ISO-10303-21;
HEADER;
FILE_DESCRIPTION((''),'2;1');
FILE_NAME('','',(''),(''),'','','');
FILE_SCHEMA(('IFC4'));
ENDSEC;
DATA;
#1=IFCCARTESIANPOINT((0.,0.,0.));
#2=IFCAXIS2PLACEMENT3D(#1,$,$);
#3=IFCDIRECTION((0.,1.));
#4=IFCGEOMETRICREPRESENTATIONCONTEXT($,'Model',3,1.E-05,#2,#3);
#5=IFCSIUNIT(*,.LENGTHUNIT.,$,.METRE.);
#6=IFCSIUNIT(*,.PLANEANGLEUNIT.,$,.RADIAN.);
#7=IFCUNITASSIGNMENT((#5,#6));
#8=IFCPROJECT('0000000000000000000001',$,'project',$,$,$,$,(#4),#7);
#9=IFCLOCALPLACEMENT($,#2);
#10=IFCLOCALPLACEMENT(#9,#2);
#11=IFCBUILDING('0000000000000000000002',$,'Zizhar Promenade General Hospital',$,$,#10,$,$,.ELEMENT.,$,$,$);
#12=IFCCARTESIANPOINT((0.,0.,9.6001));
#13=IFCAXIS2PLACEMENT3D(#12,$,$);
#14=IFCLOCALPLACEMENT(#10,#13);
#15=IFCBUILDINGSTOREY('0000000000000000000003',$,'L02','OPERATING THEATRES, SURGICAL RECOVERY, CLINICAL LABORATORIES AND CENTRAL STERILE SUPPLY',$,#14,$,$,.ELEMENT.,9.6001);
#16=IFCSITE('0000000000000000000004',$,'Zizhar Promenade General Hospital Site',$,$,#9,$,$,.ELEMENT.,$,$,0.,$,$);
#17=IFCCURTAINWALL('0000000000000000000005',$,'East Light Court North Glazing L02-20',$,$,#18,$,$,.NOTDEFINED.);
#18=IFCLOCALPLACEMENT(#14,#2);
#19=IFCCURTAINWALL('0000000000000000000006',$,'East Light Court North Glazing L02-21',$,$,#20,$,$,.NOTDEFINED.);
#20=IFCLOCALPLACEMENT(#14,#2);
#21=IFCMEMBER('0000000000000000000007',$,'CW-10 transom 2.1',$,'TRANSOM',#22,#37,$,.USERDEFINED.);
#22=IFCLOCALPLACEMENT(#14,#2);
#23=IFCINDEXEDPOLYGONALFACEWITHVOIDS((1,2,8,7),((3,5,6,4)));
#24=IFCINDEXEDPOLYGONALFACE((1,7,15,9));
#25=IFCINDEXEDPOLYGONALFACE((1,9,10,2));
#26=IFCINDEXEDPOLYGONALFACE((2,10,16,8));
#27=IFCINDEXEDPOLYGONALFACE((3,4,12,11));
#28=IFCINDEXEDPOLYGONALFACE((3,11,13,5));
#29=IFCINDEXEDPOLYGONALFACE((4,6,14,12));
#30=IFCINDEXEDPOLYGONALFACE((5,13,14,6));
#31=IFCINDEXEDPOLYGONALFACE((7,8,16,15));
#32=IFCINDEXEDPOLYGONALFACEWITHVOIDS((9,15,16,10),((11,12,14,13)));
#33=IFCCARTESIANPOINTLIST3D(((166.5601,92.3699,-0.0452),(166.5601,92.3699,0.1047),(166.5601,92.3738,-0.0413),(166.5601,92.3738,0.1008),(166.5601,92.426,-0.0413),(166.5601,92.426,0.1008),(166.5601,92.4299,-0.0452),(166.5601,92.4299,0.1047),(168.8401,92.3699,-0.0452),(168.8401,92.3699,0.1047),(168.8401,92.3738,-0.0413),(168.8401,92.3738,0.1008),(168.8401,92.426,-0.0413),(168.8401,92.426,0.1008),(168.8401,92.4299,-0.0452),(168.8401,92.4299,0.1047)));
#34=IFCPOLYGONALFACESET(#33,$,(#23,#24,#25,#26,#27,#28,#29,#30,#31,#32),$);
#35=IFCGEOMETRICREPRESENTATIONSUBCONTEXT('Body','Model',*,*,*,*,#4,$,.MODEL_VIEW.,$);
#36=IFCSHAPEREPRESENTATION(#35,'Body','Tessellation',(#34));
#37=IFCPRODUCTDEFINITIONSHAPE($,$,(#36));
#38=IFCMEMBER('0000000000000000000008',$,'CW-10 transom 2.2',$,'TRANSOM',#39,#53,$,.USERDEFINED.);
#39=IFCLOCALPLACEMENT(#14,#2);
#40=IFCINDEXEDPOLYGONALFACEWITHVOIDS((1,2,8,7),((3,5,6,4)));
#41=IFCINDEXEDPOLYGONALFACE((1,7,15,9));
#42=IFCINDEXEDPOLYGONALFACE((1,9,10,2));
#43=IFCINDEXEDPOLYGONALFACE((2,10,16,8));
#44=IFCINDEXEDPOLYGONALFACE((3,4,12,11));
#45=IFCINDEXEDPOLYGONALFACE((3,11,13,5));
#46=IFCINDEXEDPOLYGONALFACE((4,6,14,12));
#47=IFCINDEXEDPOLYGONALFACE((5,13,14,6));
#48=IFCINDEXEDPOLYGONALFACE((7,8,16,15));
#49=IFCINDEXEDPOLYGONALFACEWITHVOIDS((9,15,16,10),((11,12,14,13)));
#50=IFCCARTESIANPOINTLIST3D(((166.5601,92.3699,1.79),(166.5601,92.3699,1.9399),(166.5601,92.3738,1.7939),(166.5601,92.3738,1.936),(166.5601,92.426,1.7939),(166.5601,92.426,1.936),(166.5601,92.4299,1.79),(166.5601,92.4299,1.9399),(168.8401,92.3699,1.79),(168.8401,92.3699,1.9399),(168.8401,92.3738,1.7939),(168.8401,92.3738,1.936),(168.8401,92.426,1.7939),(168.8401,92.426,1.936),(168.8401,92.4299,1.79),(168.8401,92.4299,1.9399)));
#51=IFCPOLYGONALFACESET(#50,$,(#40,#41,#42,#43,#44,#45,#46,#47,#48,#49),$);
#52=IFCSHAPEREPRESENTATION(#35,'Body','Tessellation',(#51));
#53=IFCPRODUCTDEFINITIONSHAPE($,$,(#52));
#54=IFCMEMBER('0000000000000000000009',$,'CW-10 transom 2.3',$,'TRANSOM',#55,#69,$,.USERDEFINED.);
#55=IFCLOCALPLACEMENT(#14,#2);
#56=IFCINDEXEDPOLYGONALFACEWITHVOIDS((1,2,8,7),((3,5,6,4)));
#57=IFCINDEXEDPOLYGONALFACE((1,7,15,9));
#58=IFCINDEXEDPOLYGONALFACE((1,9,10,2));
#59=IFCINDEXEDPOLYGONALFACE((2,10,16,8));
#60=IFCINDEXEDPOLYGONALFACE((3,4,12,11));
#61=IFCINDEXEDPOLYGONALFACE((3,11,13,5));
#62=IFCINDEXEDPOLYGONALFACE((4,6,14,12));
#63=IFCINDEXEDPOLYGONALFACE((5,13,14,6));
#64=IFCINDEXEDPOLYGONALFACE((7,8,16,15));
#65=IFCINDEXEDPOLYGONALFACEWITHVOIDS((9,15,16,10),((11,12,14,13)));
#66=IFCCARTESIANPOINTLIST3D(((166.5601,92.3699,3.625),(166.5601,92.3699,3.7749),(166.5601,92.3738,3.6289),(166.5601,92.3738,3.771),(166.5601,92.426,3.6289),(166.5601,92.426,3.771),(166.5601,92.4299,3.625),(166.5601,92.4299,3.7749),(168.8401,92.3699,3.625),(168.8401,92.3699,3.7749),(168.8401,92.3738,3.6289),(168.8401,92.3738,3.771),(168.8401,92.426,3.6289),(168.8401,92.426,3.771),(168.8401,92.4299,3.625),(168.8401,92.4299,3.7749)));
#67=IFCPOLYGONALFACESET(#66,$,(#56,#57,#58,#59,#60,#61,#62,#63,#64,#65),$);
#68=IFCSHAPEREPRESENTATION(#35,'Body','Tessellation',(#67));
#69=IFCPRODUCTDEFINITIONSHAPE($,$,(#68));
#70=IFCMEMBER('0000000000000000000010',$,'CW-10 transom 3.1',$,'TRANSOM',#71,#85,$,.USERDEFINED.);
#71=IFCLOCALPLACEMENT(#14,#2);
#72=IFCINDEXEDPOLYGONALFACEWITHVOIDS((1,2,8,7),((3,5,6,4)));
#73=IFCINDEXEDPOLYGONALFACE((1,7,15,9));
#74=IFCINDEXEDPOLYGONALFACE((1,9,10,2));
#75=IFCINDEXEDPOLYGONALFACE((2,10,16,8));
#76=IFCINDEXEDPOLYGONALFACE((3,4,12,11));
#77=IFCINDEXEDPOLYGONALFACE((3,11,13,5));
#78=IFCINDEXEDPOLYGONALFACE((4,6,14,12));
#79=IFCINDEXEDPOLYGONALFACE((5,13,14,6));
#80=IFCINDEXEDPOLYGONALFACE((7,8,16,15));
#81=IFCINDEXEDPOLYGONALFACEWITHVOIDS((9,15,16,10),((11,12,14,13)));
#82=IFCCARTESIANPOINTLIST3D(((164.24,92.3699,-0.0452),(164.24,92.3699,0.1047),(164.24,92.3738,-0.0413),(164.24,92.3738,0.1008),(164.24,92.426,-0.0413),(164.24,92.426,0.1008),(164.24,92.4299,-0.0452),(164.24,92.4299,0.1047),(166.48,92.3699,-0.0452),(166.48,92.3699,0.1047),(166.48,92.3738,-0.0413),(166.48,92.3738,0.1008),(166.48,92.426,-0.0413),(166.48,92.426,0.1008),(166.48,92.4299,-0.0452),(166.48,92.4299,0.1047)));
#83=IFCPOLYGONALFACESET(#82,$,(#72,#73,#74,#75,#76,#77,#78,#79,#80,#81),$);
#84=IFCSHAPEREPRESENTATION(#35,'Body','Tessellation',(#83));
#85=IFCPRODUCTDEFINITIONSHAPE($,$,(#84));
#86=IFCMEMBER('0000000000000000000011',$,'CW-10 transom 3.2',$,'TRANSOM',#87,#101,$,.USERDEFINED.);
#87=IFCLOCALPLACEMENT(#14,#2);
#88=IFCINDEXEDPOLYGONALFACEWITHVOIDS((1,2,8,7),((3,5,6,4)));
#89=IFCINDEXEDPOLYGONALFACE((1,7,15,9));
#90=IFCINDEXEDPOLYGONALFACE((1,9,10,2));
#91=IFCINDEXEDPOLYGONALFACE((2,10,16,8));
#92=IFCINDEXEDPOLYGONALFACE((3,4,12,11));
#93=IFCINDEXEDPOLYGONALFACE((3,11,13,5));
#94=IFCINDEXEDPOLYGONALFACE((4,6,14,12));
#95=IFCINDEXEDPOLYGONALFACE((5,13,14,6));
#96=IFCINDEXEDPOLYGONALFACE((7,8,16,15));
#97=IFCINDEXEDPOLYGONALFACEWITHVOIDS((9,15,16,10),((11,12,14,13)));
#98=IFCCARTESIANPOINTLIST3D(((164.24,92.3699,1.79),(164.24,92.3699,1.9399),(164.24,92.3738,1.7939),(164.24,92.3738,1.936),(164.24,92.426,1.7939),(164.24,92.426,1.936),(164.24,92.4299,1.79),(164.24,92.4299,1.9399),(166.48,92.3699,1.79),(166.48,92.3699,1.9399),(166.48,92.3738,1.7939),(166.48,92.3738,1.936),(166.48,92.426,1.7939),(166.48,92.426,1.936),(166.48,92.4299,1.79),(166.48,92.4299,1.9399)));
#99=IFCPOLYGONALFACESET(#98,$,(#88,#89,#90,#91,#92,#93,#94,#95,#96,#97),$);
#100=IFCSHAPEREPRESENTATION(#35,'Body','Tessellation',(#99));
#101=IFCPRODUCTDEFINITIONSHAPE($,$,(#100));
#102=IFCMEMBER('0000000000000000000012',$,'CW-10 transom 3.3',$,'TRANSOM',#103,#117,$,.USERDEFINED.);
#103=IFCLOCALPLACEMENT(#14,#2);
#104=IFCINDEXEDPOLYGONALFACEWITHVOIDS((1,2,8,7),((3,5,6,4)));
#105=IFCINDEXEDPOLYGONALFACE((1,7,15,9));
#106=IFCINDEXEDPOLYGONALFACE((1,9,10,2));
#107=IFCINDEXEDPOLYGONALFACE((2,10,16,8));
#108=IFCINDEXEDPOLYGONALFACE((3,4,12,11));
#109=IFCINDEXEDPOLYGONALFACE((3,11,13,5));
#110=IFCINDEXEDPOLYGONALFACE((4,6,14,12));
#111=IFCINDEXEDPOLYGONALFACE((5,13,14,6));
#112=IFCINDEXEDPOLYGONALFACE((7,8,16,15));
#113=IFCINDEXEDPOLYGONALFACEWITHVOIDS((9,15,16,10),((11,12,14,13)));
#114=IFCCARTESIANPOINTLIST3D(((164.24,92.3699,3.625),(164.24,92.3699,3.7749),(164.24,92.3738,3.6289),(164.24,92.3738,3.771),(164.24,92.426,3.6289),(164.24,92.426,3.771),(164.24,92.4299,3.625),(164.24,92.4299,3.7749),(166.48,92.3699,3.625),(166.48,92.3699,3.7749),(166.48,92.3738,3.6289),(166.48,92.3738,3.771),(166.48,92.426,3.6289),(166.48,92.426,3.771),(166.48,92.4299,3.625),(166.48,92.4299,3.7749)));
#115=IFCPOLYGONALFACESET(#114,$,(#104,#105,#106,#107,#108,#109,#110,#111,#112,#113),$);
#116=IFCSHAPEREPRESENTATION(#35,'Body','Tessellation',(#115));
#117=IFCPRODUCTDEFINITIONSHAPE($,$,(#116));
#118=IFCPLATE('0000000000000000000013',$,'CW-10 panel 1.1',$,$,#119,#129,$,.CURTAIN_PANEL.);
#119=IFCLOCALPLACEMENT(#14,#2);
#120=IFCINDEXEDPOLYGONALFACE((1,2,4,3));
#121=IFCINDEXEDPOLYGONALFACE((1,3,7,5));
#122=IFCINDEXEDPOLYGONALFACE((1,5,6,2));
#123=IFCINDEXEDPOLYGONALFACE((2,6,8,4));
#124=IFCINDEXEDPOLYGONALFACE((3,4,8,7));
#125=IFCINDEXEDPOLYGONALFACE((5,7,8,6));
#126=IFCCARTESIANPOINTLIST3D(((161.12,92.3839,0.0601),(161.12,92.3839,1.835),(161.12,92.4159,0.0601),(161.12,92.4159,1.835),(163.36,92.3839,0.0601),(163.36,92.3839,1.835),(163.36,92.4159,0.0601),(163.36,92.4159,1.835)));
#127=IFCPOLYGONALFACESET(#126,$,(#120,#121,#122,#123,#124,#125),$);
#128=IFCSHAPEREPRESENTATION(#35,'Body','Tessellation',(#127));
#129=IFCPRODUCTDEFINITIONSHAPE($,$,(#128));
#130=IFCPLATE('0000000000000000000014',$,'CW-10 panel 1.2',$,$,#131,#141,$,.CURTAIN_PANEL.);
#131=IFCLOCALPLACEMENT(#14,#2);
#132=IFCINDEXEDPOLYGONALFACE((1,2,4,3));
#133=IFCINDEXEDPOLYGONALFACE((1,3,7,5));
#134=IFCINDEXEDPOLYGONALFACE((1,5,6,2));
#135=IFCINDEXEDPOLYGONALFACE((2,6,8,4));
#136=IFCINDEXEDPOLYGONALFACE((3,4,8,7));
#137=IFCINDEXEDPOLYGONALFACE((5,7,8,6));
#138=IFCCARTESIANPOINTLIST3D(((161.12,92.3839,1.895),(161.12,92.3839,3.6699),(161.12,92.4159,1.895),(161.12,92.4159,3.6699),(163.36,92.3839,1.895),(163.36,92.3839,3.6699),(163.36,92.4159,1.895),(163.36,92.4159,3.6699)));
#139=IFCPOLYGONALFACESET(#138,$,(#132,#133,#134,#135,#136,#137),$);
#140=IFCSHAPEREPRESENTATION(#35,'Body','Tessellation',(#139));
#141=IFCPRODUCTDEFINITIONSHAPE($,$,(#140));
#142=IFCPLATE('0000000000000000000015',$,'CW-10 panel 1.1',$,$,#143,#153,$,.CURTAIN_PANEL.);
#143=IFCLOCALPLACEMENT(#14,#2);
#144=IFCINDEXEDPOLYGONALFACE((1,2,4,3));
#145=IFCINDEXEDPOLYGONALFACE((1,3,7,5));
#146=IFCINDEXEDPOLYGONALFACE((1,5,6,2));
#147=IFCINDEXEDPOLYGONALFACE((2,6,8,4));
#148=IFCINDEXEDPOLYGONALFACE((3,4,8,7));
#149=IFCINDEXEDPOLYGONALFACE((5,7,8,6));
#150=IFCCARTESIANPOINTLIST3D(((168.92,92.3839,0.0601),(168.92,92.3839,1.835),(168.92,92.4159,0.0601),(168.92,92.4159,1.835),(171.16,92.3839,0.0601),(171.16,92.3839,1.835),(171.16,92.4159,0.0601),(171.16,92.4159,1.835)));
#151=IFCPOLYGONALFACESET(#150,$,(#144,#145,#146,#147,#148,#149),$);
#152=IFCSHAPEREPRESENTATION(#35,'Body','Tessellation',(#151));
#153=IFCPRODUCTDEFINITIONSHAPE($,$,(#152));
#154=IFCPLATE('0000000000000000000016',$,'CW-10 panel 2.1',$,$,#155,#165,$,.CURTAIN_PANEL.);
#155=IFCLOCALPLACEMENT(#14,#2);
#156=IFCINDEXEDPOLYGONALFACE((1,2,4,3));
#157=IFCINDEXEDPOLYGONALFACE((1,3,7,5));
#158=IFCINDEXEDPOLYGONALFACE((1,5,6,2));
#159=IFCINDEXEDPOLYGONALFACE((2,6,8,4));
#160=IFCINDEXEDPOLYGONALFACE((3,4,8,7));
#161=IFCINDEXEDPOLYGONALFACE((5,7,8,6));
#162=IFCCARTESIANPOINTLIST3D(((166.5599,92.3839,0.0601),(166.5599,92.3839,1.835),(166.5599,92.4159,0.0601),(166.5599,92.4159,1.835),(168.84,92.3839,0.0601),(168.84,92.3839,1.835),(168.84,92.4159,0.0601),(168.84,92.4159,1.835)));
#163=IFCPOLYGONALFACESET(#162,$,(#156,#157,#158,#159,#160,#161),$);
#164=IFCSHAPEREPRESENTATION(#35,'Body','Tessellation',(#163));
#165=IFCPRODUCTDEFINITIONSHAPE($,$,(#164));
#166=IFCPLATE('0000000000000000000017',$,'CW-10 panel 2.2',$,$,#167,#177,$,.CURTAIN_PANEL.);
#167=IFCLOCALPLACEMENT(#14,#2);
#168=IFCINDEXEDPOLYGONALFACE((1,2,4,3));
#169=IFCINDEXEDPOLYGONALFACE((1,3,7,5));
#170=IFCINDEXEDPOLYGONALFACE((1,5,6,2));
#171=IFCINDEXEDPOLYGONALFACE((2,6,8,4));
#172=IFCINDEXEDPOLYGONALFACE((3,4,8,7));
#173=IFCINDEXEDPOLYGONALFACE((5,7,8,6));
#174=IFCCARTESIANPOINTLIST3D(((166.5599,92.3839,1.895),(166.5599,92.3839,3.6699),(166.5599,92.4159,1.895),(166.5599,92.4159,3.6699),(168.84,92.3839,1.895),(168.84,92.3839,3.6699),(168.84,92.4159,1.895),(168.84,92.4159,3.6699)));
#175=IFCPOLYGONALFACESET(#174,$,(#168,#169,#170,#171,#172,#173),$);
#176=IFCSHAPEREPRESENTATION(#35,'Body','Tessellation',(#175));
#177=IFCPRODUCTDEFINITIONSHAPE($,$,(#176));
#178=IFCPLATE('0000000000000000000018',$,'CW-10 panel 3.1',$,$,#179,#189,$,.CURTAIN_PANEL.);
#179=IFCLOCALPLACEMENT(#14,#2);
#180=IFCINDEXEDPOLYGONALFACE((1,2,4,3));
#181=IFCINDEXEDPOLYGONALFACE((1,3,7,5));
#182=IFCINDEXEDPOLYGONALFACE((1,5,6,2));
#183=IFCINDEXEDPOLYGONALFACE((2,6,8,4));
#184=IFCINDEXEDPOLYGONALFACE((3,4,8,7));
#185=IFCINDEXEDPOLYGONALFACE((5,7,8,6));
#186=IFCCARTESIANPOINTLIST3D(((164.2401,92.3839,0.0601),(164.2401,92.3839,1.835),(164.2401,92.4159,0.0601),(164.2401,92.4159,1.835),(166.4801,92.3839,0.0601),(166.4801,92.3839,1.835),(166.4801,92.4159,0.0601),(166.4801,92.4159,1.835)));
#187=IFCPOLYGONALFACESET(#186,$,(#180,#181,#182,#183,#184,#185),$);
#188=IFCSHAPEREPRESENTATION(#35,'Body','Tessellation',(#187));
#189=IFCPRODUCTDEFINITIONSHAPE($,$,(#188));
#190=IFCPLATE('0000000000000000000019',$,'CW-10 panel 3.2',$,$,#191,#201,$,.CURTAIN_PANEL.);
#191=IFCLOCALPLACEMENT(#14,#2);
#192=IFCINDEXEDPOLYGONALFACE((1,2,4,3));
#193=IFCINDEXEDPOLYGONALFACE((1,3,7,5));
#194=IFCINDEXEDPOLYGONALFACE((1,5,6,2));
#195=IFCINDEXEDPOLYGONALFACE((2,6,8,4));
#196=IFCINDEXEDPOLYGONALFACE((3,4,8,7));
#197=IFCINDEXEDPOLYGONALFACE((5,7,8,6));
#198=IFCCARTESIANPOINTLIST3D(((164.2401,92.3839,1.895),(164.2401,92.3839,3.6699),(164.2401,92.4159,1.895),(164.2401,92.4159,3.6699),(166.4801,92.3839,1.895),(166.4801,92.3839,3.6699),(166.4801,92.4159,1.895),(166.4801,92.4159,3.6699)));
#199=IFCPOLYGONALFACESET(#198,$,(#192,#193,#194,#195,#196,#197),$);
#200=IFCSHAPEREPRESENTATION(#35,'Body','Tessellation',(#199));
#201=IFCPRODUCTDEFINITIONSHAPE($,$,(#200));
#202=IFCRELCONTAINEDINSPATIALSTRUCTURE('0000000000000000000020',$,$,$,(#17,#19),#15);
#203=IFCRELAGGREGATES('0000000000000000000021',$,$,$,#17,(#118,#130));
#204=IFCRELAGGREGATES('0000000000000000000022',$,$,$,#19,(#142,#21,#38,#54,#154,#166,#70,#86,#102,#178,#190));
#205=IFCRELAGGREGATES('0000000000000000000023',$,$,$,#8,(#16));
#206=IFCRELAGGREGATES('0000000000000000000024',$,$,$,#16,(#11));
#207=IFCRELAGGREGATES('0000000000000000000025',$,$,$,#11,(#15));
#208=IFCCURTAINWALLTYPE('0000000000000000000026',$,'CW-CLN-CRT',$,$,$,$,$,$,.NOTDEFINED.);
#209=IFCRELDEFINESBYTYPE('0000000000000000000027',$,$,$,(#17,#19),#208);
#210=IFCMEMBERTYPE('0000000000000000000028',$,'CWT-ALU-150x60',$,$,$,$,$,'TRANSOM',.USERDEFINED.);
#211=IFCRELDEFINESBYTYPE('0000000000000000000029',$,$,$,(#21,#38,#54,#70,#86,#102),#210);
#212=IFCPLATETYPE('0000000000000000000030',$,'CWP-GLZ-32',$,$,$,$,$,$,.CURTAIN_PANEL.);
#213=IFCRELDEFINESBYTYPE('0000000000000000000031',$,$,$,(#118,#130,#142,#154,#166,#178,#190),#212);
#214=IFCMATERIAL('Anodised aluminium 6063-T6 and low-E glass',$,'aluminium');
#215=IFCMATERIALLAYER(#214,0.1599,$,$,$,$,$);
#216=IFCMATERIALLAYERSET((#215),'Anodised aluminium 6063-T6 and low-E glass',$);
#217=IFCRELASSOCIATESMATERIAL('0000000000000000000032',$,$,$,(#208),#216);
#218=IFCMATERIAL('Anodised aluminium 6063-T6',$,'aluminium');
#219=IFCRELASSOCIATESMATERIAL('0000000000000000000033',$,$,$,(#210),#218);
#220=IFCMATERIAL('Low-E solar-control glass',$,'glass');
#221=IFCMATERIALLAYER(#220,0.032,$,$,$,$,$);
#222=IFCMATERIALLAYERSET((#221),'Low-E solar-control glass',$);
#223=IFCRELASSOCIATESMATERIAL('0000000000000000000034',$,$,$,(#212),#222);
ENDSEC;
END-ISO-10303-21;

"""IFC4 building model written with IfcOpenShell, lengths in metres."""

from ifc_helpers import new_model, si_unit, direction, frame, origin, origin_2d, place, context, subcontext, project, spatial, rectangle, hollow_rectangle, extrude, material, layer, layer_set, material_profile, profile_set, type_object, element, aggregate, save


model = new_model("IFC4")

# Units and contexts
model_context = context("Model", 3, precision=1e-05, world=origin(), true_north=direction((0.0, 1.0)))
body_context = subcontext(model_context, "Body", "Model", "MODEL_VIEW")
ifc_project = project(units=[si_unit("LENGTHUNIT", "METRE"), si_unit("PLANEANGLEUNIT", "RADIAN")], contexts=[model_context])

# Site, building, storey
site_placement = place(None, origin())
site = spatial("IfcSite", under=ifc_project, at=site_placement, Name="Zizhar Promenade General Hospital Site", CompositionType="ELEMENT", RefElevation=0.0)
building_placement = place(site_placement, origin())
building = spatial("IfcBuilding", under=site, at=building_placement, Name="Zizhar Promenade General Hospital", CompositionType="ELEMENT")
storey_placement = place(building_placement, frame((0.0, 0.0, 9.6001)))
storey = spatial("IfcBuildingStorey", under=building, at=storey_placement, Name="L02", Description="OPERATING THEATRES, SURGICAL RECOVERY, CLINICAL LABORATORIES AND CENTRAL STERILE SUPPLY", CompositionType="ELEMENT", Elevation=9.6001)

# Curtain walls
ifc_material_1 = material(Name="Anodised aluminium 6063-T6 and low-E glass", Category="aluminium")
ifc_layer_1 = layer(ifc_material_1, 0.1599)
ifc_layer_set_1 = layer_set([ifc_layer_1], Name="Anodised aluminium 6063-T6 and low-E glass")
curtain_wall_type = type_object("IfcCurtainWallType", Name="CW-CLN-CRT", PredefinedType="NOTDEFINED", material=ifc_layer_set_1)
curtain_wall_1_placement = place(storey_placement, origin())
curtain_wall_1 = element("IfcCurtainWall", 1, at=curtain_wall_1_placement, inside=storey, type_object=curtain_wall_type, Name="East Light Court North Glazing L02-20", PredefinedType="NOTDEFINED")
curtain_wall_2_placement = place(storey_placement, origin())
curtain_wall_2 = element("IfcCurtainWall", 2, at=curtain_wall_2_placement, inside=storey, type_object=curtain_wall_type, Name="East Light Court North Glazing L02-21", PredefinedType="NOTDEFINED")

# Members
ifc_material_2 = material(Name="Anodised aluminium 6063-T6", Category="aluminium")
ifc_material_profile_1 = material_profile(ifc_material_2, hollow_rectangle(XDim=0.0601, YDim=0.1499, WallThickness=0.0039, at=origin_2d()))
ifc_profile_set_1 = profile_set([ifc_material_profile_1], Name="Anodised aluminium 6063-T6")
member_type_1 = type_object("IfcMemberType", Name="CWT-ALU-150x60", ElementType="TRANSOM", PredefinedType="USERDEFINED", material=ifc_profile_set_1)
member_1_placement = place(storey_placement, frame((168.8401, 92.3999, 0.0298), z_axis=(-1.0, 0.0, 0.0), x_axis=(0.0, -1.0, 0.0)))
member_1 = element("IfcMember", 3, at=member_1_placement, type_object=member_type_1, Name="CW-10 transom 2.1", ObjectType="TRANSOM", PredefinedType="USERDEFINED", context=body_context, shape_type="SweptSolid", body=[
    extrude(hollow_rectangle(XDim=0.0601, YDim=0.1499, WallThickness=0.0039, at=origin_2d()), origin(), (0.0, 0.0, 1.0), 2.28),
])
member_2_placement = place(storey_placement, frame((168.8401, 92.3999, 1.865), z_axis=(-1.0, 0.0, 0.0), x_axis=(0.0, -1.0, 0.0)))
member_2 = element("IfcMember", 4, at=member_2_placement, type_object=member_type_1, Name="CW-10 transom 2.2", ObjectType="TRANSOM", PredefinedType="USERDEFINED", context=body_context, shape_type="SweptSolid", body=[
    extrude(hollow_rectangle(XDim=0.0601, YDim=0.1499, WallThickness=0.0039, at=origin_2d()), origin(), (0.0, 0.0, 1.0), 2.28),
])
member_3_placement = place(storey_placement, frame((168.8401, 92.3999, 3.7), z_axis=(-1.0, 0.0, 0.0), x_axis=(0.0, -1.0, 0.0)))
member_3 = element("IfcMember", 5, at=member_3_placement, type_object=member_type_1, Name="CW-10 transom 2.3", ObjectType="TRANSOM", PredefinedType="USERDEFINED", context=body_context, shape_type="SweptSolid", body=[
    extrude(hollow_rectangle(XDim=0.0601, YDim=0.1499, WallThickness=0.0039, at=origin_2d()), origin(), (0.0, 0.0, 1.0), 2.28),
])
member_4_placement = place(storey_placement, frame((166.48, 92.3999, 0.0298), z_axis=(-1.0, 0.0, 0.0), x_axis=(0.0, -1.0, 0.0)))
member_4 = element("IfcMember", 6, at=member_4_placement, type_object=member_type_1, Name="CW-10 transom 3.1", ObjectType="TRANSOM", PredefinedType="USERDEFINED", context=body_context, shape_type="SweptSolid", body=[
    extrude(hollow_rectangle(XDim=0.0601, YDim=0.1499, WallThickness=0.0039, at=origin_2d()), origin(), (0.0, 0.0, 1.0), 2.24),
])
member_5_placement = place(storey_placement, frame((166.48, 92.3999, 1.865), z_axis=(-1.0, 0.0, 0.0), x_axis=(0.0, -1.0, 0.0)))
member_5 = element("IfcMember", 7, at=member_5_placement, type_object=member_type_1, Name="CW-10 transom 3.2", ObjectType="TRANSOM", PredefinedType="USERDEFINED", context=body_context, shape_type="SweptSolid", body=[
    extrude(hollow_rectangle(XDim=0.0601, YDim=0.1499, WallThickness=0.0039, at=origin_2d()), origin(), (0.0, 0.0, 1.0), 2.24),
])
member_6_placement = place(storey_placement, frame((166.48, 92.3999, 3.7), z_axis=(-1.0, 0.0, 0.0), x_axis=(0.0, -1.0, 0.0)))
member_6 = element("IfcMember", 8, at=member_6_placement, type_object=member_type_1, Name="CW-10 transom 3.3", ObjectType="TRANSOM", PredefinedType="USERDEFINED", context=body_context, shape_type="SweptSolid", body=[
    extrude(hollow_rectangle(XDim=0.0601, YDim=0.1499, WallThickness=0.0039, at=origin_2d()), origin(), (0.0, 0.0, 1.0), 2.24),
])

# Plates
ifc_material_3 = material(Name="Low-E solar-control glass", Category="glass")
ifc_layer_2 = layer(ifc_material_3, 0.032)
ifc_layer_set_2 = layer_set([ifc_layer_2], Name="Low-E solar-control glass")
plate_type = type_object("IfcPlateType", Name="CWP-GLZ-32", PredefinedType="CURTAIN_PANEL", material=ifc_layer_set_2)
plate_1_placement = place(storey_placement, frame((162.24, 92.3999, 0.0601), z_axis=(0.0, 0.0, 1.0), x_axis=(-1.0, 0.0, 0.0)))
plate_1 = element("IfcPlate", 9, at=plate_1_placement, type_object=plate_type, Name="CW-10 panel 1.1", PredefinedType="CURTAIN_PANEL", context=body_context, shape_type="SweptSolid", body=[
    extrude(rectangle(XDim=2.24, YDim=0.032, at=origin_2d()), origin(), (0.0, 0.0, 1.0), 1.7749),
])
plate_2_placement = place(storey_placement, frame((162.24, 92.3999, 1.895), z_axis=(0.0, 0.0, 1.0), x_axis=(-1.0, 0.0, 0.0)))
plate_2 = element("IfcPlate", 10, at=plate_2_placement, type_object=plate_type, Name="CW-10 panel 1.2", PredefinedType="CURTAIN_PANEL", context=body_context, shape_type="SweptSolid", body=[
    extrude(rectangle(XDim=2.24, YDim=0.032, at=origin_2d()), origin(), (0.0, 0.0, 1.0), 1.7749),
])
aggregate(curtain_wall_1, [plate_1, plate_2])
plate_3_placement = place(storey_placement, frame((170.04, 92.3999, 0.0601), z_axis=(0.0, 0.0, 1.0), x_axis=(-1.0, 0.0, 0.0)))
plate_3 = element("IfcPlate", 11, at=plate_3_placement, type_object=plate_type, Name="CW-10 panel 1.1", PredefinedType="CURTAIN_PANEL", context=body_context, shape_type="SweptSolid", body=[
    extrude(rectangle(XDim=2.24, YDim=0.032, at=origin_2d()), origin(), (0.0, 0.0, 1.0), 1.7749),
])
plate_4_placement = place(storey_placement, frame((167.7, 92.3999, 0.0601), z_axis=(0.0, 0.0, 1.0), x_axis=(-1.0, 0.0, 0.0)))
plate_4 = element("IfcPlate", 12, at=plate_4_placement, type_object=plate_type, Name="CW-10 panel 2.1", PredefinedType="CURTAIN_PANEL", context=body_context, shape_type="SweptSolid", body=[
    extrude(rectangle(XDim=2.28, YDim=0.032, at=origin_2d()), origin(), (0.0, 0.0, 1.0), 1.7749),
])
plate_5_placement = place(storey_placement, frame((167.7, 92.3999, 1.895), z_axis=(0.0, 0.0, 1.0), x_axis=(-1.0, 0.0, 0.0)))
plate_5 = element("IfcPlate", 13, at=plate_5_placement, type_object=plate_type, Name="CW-10 panel 2.2", PredefinedType="CURTAIN_PANEL", context=body_context, shape_type="SweptSolid", body=[
    extrude(rectangle(XDim=2.28, YDim=0.032, at=origin_2d()), origin(), (0.0, 0.0, 1.0), 1.7749),
])
plate_6_placement = place(storey_placement, frame((165.3601, 92.3999, 0.0601), z_axis=(0.0, 0.0, 1.0), x_axis=(-1.0, 0.0, 0.0)))
plate_6 = element("IfcPlate", 14, at=plate_6_placement, type_object=plate_type, Name="CW-10 panel 3.1", PredefinedType="CURTAIN_PANEL", context=body_context, shape_type="SweptSolid", body=[
    extrude(rectangle(XDim=2.24, YDim=0.032, at=origin_2d()), origin(), (0.0, 0.0, 1.0), 1.7749),
])
plate_7_placement = place(storey_placement, frame((165.3601, 92.3999, 1.895), z_axis=(0.0, 0.0, 1.0), x_axis=(-1.0, 0.0, 0.0)))
plate_7 = element("IfcPlate", 15, at=plate_7_placement, type_object=plate_type, Name="CW-10 panel 3.2", PredefinedType="CURTAIN_PANEL", context=body_context, shape_type="SweptSolid", body=[
    extrude(rectangle(XDim=2.24, YDim=0.032, at=origin_2d()), origin(), (0.0, 0.0, 1.0), 1.7749),
])
aggregate(curtain_wall_2, [plate_3, member_1, member_2, member_3, plate_4, plate_5, member_4, member_5, member_6, plate_6, plate_7])

save(model, "model.ifc")
